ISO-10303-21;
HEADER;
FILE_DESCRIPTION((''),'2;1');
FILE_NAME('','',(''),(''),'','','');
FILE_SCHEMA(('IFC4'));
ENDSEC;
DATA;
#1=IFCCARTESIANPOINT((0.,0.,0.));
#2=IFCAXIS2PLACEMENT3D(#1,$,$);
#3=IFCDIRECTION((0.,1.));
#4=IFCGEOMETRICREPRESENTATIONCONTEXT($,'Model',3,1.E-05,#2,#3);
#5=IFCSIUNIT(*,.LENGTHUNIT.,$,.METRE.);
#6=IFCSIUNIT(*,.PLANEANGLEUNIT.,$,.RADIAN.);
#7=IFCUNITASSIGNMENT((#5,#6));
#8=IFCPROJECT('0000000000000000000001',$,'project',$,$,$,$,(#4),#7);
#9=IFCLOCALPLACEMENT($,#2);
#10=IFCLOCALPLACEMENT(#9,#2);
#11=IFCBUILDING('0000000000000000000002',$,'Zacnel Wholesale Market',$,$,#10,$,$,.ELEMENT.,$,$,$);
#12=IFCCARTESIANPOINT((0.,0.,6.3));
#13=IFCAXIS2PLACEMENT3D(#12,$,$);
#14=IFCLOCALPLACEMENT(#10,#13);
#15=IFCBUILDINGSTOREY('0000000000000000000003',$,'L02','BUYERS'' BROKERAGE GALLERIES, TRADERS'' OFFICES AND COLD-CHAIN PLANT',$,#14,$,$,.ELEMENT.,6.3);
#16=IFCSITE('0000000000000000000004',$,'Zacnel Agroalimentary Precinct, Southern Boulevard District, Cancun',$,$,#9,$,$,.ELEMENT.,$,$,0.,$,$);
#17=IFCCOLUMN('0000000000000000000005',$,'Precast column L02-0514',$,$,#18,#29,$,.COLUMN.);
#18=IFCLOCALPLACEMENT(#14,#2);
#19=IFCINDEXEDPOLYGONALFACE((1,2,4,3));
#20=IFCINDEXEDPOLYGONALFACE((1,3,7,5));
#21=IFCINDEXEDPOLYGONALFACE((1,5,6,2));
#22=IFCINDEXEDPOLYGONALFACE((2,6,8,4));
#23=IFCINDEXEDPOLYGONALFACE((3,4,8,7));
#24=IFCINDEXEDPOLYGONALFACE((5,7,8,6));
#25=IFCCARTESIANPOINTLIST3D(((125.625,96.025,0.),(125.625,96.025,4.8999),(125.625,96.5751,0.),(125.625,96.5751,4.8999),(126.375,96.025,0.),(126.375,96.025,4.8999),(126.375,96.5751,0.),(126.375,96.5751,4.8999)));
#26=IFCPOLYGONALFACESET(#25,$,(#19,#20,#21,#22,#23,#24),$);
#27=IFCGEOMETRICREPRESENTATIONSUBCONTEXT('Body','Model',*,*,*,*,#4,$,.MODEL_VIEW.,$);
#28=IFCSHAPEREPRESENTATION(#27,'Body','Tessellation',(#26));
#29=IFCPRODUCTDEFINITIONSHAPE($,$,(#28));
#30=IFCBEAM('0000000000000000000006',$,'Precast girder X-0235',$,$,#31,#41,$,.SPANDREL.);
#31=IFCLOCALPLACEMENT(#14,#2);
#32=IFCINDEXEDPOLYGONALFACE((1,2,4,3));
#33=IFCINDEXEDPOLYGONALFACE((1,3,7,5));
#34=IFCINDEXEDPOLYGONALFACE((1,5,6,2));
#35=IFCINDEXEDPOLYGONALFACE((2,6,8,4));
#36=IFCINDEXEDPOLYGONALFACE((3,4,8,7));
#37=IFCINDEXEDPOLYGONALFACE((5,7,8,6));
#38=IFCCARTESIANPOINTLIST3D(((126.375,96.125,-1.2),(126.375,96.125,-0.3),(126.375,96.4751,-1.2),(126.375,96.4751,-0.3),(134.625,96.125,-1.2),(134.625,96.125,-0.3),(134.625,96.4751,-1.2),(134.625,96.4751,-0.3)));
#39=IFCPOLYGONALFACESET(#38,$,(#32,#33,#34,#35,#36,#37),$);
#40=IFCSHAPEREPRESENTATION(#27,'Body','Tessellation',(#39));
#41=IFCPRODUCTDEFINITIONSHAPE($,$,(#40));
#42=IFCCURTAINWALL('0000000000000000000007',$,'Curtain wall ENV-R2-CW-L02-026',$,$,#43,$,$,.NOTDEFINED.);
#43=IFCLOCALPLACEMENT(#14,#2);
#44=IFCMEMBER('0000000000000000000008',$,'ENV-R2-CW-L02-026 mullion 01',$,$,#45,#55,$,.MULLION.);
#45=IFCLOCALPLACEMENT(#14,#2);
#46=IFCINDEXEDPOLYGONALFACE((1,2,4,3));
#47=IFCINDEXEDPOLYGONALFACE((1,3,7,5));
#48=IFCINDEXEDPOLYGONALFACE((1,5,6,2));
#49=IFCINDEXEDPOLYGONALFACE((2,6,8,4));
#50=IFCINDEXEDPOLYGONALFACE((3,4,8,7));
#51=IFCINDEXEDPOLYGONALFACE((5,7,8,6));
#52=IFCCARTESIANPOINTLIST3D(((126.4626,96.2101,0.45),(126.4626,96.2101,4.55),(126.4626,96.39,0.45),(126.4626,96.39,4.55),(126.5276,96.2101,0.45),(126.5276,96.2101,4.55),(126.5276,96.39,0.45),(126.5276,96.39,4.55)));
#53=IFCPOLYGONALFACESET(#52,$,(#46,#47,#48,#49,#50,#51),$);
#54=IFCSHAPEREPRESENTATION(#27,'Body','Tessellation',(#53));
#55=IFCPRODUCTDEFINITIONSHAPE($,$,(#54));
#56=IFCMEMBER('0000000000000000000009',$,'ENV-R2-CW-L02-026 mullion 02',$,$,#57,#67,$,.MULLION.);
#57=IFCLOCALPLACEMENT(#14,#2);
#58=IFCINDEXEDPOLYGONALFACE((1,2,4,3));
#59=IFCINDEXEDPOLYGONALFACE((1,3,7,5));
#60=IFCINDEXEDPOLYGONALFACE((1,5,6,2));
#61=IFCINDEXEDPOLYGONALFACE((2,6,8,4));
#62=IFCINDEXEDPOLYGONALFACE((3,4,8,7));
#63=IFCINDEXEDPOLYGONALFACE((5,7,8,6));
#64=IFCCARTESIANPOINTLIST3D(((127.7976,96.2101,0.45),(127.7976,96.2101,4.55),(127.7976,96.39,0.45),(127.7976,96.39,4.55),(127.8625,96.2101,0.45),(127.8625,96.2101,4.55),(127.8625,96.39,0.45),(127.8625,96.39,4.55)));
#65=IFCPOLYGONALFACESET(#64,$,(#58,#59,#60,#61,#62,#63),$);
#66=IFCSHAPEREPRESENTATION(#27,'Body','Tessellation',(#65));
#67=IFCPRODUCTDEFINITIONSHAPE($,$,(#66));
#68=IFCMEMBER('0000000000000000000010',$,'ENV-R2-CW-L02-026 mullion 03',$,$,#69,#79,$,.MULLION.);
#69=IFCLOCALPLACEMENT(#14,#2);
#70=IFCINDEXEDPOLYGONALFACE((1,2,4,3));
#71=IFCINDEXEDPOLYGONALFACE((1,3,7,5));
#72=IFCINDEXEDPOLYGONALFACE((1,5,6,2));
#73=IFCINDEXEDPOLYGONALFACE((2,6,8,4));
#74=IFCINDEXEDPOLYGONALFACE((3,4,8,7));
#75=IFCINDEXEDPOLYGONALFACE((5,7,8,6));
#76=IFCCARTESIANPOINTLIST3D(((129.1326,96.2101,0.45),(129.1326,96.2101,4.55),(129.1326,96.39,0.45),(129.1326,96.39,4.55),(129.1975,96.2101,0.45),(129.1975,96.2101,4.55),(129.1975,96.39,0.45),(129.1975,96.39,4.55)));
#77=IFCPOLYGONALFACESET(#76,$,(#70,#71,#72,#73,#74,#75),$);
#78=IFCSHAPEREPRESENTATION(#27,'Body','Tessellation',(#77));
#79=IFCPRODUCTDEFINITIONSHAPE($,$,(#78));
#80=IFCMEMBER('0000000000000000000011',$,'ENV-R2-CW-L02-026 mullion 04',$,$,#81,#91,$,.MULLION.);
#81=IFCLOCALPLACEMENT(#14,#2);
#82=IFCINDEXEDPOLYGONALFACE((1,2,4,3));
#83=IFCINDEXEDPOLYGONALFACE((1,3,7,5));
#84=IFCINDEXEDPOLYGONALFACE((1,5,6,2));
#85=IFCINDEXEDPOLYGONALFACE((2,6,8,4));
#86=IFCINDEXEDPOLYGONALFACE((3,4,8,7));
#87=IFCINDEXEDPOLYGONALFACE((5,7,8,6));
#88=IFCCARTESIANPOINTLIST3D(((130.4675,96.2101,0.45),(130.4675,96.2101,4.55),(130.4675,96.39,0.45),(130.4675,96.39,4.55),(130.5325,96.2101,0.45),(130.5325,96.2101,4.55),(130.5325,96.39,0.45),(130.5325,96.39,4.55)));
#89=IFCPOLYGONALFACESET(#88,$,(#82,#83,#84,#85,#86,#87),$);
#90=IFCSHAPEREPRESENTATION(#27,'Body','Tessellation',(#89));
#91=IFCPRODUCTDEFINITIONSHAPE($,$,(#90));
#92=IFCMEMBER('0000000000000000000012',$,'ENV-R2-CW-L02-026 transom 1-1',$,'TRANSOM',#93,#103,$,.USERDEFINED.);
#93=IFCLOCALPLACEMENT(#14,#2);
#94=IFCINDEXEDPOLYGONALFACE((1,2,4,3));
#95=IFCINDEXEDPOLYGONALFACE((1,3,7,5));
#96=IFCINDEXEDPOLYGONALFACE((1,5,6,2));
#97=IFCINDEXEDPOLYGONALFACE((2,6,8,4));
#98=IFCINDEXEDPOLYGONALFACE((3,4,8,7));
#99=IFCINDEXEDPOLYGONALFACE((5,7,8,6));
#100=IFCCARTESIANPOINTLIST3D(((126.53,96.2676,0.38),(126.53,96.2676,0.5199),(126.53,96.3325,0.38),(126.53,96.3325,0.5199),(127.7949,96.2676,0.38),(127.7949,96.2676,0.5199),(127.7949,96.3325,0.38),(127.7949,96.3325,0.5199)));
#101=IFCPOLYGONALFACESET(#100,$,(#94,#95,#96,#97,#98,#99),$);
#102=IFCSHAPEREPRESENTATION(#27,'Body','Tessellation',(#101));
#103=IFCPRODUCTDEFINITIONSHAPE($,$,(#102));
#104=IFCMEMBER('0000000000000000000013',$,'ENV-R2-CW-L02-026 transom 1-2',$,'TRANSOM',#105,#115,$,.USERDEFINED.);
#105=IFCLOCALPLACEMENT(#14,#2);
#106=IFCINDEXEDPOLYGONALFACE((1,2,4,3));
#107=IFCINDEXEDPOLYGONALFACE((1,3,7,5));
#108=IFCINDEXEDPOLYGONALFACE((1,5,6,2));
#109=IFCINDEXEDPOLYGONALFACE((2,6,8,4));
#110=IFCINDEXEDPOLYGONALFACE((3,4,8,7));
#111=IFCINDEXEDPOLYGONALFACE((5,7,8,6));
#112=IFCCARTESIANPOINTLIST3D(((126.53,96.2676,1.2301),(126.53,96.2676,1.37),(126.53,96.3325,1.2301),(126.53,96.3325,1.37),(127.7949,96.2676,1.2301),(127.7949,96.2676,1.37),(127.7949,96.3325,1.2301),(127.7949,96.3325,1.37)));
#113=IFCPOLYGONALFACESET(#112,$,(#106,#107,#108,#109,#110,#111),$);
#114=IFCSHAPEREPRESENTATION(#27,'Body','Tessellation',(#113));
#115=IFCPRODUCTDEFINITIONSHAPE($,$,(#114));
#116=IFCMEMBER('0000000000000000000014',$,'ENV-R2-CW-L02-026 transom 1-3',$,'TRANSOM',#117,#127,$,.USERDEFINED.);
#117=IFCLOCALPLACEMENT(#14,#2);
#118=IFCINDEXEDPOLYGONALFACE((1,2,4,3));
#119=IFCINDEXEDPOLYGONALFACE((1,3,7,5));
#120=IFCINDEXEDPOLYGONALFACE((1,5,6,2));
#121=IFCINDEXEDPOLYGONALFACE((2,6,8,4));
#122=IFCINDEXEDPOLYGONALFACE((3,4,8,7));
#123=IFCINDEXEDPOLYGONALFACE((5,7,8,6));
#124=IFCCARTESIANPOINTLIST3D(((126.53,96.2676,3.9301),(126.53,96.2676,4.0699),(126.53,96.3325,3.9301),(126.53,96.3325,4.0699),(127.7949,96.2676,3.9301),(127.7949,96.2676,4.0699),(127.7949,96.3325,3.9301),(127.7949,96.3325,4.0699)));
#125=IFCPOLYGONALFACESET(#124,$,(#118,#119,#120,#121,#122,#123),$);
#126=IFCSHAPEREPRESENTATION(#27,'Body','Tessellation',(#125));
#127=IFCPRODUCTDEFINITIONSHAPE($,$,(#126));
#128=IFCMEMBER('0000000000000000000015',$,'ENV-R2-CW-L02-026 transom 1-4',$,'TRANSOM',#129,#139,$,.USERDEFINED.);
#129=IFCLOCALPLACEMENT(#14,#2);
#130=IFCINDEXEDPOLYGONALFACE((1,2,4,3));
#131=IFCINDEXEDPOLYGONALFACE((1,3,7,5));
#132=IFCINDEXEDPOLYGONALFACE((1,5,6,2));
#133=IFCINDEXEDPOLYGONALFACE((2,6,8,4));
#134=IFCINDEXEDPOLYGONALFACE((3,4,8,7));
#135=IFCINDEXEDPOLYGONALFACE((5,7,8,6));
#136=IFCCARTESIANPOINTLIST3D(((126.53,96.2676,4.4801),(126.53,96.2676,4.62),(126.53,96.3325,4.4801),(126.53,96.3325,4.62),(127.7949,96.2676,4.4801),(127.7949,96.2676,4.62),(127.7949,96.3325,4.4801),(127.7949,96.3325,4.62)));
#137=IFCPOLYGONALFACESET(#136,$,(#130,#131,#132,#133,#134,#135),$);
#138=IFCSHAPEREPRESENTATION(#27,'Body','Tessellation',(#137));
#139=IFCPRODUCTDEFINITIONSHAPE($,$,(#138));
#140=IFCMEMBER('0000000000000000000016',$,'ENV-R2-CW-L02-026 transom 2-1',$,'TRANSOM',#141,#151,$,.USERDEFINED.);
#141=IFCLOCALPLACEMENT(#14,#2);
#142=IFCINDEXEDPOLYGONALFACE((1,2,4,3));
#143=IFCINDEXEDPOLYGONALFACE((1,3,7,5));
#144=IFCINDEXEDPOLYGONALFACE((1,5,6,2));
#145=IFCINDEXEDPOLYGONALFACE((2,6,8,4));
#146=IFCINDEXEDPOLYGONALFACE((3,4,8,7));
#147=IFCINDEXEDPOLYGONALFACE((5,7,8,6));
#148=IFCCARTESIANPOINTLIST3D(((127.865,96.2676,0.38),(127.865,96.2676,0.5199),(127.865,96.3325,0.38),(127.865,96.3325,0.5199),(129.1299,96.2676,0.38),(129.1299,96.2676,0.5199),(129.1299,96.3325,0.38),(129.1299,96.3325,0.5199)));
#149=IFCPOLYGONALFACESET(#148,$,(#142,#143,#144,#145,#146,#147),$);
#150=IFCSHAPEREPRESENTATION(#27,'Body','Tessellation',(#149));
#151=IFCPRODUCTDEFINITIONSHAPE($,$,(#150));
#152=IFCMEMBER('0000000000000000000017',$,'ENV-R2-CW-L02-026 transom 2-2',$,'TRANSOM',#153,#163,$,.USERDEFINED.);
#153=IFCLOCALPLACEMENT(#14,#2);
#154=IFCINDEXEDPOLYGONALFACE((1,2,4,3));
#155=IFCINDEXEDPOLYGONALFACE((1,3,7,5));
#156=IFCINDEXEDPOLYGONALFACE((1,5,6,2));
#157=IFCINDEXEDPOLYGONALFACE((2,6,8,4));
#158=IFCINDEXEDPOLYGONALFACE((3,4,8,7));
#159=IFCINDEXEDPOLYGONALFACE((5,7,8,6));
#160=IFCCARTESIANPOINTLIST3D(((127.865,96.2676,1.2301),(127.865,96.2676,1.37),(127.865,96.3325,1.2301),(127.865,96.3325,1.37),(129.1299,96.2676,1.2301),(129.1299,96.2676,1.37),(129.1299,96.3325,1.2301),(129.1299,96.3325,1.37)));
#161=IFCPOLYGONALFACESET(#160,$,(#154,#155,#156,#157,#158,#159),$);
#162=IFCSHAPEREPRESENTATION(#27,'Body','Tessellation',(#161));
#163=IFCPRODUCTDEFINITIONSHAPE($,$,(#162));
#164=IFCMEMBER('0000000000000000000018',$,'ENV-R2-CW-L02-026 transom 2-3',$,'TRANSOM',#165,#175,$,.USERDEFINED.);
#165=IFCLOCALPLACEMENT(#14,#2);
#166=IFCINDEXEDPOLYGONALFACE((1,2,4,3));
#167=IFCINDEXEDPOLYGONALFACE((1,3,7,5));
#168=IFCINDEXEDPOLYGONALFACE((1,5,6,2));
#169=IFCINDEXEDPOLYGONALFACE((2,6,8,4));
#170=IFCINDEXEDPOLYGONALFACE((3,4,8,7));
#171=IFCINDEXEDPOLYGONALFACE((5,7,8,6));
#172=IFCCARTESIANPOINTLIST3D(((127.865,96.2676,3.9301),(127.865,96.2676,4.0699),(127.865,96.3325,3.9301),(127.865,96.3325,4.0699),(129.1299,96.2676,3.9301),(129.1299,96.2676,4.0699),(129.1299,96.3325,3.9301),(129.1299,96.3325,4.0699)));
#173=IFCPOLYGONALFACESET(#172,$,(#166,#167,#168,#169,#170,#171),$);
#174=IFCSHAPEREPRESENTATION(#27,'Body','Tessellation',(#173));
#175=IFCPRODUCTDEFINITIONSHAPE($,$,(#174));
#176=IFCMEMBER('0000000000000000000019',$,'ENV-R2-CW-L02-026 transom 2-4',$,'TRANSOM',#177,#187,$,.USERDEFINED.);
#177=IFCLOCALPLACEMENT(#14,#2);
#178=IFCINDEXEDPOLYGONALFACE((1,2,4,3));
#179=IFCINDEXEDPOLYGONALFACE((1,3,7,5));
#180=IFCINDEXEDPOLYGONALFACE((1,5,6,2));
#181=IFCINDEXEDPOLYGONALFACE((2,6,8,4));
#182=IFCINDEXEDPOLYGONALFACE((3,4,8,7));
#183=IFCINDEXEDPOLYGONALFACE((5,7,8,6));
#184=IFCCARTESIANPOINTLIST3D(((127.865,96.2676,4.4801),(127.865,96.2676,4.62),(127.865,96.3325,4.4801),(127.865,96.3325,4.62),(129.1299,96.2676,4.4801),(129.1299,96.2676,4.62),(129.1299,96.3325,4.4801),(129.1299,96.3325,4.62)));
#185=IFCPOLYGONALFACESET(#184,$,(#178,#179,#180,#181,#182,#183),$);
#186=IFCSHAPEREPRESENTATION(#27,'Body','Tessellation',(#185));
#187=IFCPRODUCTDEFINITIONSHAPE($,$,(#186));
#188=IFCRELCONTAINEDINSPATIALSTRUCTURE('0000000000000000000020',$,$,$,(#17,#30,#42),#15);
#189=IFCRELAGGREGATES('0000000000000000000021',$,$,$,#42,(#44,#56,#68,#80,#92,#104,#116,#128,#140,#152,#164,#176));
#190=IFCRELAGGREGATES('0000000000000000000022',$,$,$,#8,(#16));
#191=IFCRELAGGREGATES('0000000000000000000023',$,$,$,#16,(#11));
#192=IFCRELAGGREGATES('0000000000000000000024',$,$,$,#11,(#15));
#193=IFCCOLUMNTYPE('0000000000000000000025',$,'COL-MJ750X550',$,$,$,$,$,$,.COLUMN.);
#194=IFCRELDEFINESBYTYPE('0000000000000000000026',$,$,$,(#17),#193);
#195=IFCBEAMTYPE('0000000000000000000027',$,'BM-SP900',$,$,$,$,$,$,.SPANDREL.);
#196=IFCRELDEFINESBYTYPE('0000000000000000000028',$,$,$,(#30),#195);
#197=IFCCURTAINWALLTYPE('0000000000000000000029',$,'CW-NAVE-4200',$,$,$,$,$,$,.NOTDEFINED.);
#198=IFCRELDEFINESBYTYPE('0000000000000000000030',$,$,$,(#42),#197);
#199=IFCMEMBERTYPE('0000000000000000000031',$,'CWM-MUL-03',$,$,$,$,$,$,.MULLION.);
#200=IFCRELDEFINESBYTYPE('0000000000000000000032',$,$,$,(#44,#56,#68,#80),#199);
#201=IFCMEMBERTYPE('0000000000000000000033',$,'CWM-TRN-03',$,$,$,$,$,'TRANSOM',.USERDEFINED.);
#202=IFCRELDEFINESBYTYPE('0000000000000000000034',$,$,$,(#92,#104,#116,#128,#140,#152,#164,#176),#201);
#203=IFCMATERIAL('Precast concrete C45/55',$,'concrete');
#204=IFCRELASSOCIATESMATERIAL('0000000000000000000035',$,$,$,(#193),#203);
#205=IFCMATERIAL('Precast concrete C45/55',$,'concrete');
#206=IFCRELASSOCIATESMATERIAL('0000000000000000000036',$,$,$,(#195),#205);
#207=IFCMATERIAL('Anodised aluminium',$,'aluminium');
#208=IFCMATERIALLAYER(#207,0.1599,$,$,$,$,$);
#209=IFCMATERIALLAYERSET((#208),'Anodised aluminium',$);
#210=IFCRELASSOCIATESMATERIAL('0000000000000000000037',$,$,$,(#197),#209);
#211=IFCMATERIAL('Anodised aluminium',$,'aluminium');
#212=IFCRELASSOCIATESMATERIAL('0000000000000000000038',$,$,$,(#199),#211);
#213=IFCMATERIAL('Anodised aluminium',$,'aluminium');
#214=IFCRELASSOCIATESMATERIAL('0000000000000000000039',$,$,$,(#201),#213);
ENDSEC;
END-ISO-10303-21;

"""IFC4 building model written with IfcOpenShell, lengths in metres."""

from ifc_helpers import new_model, si_unit, direction, frame, origin, origin_2d, place, context, subcontext, project, spatial, rectangle, extrude, material, layer, layer_set, material_profile, profile_set, type_object, element, aggregate, save


model = new_model("IFC4")

# Units and contexts
model_context = context("Model", 3, precision=1e-05, world=origin(), true_north=direction((0.0, 1.0)))
body_context = subcontext(model_context, "Body", "Model", "MODEL_VIEW")
ifc_project = project(units=[si_unit("LENGTHUNIT", "METRE"), si_unit("PLANEANGLEUNIT", "RADIAN")], contexts=[model_context])

# Site, building, storey
site_placement = place(None, origin())
site = spatial("IfcSite", under=ifc_project, at=site_placement, Name="Zacnel Agroalimentary Precinct, Southern Boulevard District, Cancun", CompositionType="ELEMENT", RefElevation=0.0)
building_placement = place(site_placement, origin())
building = spatial("IfcBuilding", under=site, at=building_placement, Name="Zacnel Wholesale Market", CompositionType="ELEMENT")
storey_placement = place(building_placement, frame((0.0, 0.0, 6.3)))
storey = spatial("IfcBuildingStorey", under=building, at=storey_placement, Name="L02", Description="BUYERS' BROKERAGE GALLERIES, TRADERS' OFFICES AND COLD-CHAIN PLANT", CompositionType="ELEMENT", Elevation=6.3)

# Column
ifc_material_1 = material(Name="Precast concrete C45/55", Category="concrete")
ifc_material_profile_1 = material_profile(ifc_material_1, rectangle(XDim=0.75, YDim=0.55, at=origin_2d()), Name="PC 750x550")
ifc_profile_set_1 = profile_set([ifc_material_profile_1], Name="Precast concrete C45/55")
column_type = type_object("IfcColumnType", Name="COL-MJ750X550", PredefinedType="COLUMN", material=ifc_profile_set_1)
column_placement = place(storey_placement, frame((126.0, 96.3, 0.0), z_axis=(0.0, 0.0, 1.0), x_axis=(1.0, 0.0, 0.0)))
element("IfcColumn", 1, at=column_placement, inside=storey, type_object=column_type, Name="Precast column L02-0514", PredefinedType="COLUMN", context=body_context, shape_type="SweptSolid", body=[
    extrude(rectangle(XDim=0.75, YDim=0.55, at=origin_2d()), origin(), (0.0, 0.0, 1.0), 4.8999),
])

# Beam
ifc_material_2 = material(Name="Precast concrete C45/55", Category="concrete")
ifc_material_profile_2 = material_profile(ifc_material_2, rectangle(XDim=0.3501, YDim=0.8999, at=origin_2d()), Name="SP 350x900")
ifc_profile_set_2 = profile_set([ifc_material_profile_2], Name="Precast concrete C45/55")
beam_type = type_object("IfcBeamType", Name="BM-SP900", PredefinedType="SPANDREL", material=ifc_profile_set_2)
beam_placement = place(storey_placement, frame((126.375, 96.3, -0.75), z_axis=(1.0, 0.0, 0.0), x_axis=(0.0, 1.0, 0.0)))
element("IfcBeam", 2, at=beam_placement, inside=storey, type_object=beam_type, Name="Precast girder X-0235", PredefinedType="SPANDREL", context=body_context, shape_type="SweptSolid", body=[
    extrude(rectangle(XDim=0.3501, YDim=0.8999, at=origin_2d()), origin(), (0.0, 0.0, 1.0), 8.25),
])

# Curtain wall, members
ifc_material_3 = material(Name="Anodised aluminium", Category="aluminium")
ifc_layer_1 = layer(ifc_material_3, 0.1599)
ifc_layer_set_1 = layer_set([ifc_layer_1], Name="Anodised aluminium")
curtain_wall_type = type_object("IfcCurtainWallType", Name="CW-NAVE-4200", PredefinedType="NOTDEFINED", material=ifc_layer_set_1)
curtain_wall_placement = place(storey_placement, origin())
curtain_wall = element("IfcCurtainWall", 3, at=curtain_wall_placement, inside=storey, type_object=curtain_wall_type, Name="Curtain wall ENV-R2-CW-L02-026", PredefinedType="NOTDEFINED")
ifc_material_4 = material(Name="Anodised aluminium", Category="aluminium")
ifc_material_profile_3 = material_profile(ifc_material_4, rectangle(XDim=0.0649, YDim=0.1799, at=origin_2d()), Name="AW-MULLION 65x180")
ifc_profile_set_3 = profile_set([ifc_material_profile_3], Name="Anodised aluminium")
member_type_1 = type_object("IfcMemberType", Name="CWM-MUL-03", PredefinedType="MULLION", material=ifc_profile_set_3)
member_1_placement = place(storey_placement, frame((126.4951, 96.3, 0.45), z_axis=(0.0, 0.0, 1.0), x_axis=(1.0, 0.0, 0.0)))
member_1 = element("IfcMember", 4, at=member_1_placement, type_object=member_type_1, Name="ENV-R2-CW-L02-026 mullion 01", PredefinedType="MULLION", context=body_context, shape_type="SweptSolid", body=[
    extrude(rectangle(XDim=0.0649, YDim=0.1799, at=origin_2d()), origin(), (0.0, 0.0, 1.0), 4.1001),
])
member_2_placement = place(storey_placement, frame((127.8301, 96.3, 0.45), z_axis=(0.0, 0.0, 1.0), x_axis=(1.0, 0.0, 0.0)))
member_2 = element("IfcMember", 5, at=member_2_placement, type_object=member_type_1, Name="ENV-R2-CW-L02-026 mullion 02", PredefinedType="MULLION", context=body_context, shape_type="SweptSolid", body=[
    extrude(rectangle(XDim=0.0649, YDim=0.1799, at=origin_2d()), origin(), (0.0, 0.0, 1.0), 4.1001),
])
member_3_placement = place(storey_placement, frame((129.165, 96.3, 0.45), z_axis=(0.0, 0.0, 1.0), x_axis=(1.0, 0.0, 0.0)))
member_3 = element("IfcMember", 6, at=member_3_placement, type_object=member_type_1, Name="ENV-R2-CW-L02-026 mullion 03", PredefinedType="MULLION", context=body_context, shape_type="SweptSolid", body=[
    extrude(rectangle(XDim=0.0649, YDim=0.1799, at=origin_2d()), origin(), (0.0, 0.0, 1.0), 4.1001),
])
member_4_placement = place(storey_placement, frame((130.5, 96.3, 0.45), z_axis=(0.0, 0.0, 1.0), x_axis=(1.0, 0.0, 0.0)))
member_4 = element("IfcMember", 7, at=member_4_placement, type_object=member_type_1, Name="ENV-R2-CW-L02-026 mullion 04", PredefinedType="MULLION", context=body_context, shape_type="SweptSolid", body=[
    extrude(rectangle(XDim=0.0649, YDim=0.1799, at=origin_2d()), origin(), (0.0, 0.0, 1.0), 4.1001),
])
ifc_material_5 = material(Name="Anodised aluminium", Category="aluminium")
ifc_material_profile_4 = material_profile(ifc_material_5, rectangle(XDim=0.0649, YDim=0.1399, at=origin_2d()), Name="AW-TRANSOM 65x140")
ifc_profile_set_4 = profile_set([ifc_material_profile_4], Name="Anodised aluminium")
member_type_2 = type_object("IfcMemberType", Name="CWM-TRN-03", ElementType="TRANSOM", PredefinedType="USERDEFINED", material=ifc_profile_set_4)
member_5_placement = place(storey_placement, frame((126.53, 96.3, 0.45), z_axis=(1.0, 0.0, 0.0), x_axis=(0.0, 1.0, 0.0)))
member_5 = element("IfcMember", 8, at=member_5_placement, type_object=member_type_2, Name="ENV-R2-CW-L02-026 transom 1-1", ObjectType="TRANSOM", PredefinedType="USERDEFINED", context=body_context, shape_type="SweptSolid", body=[
    extrude(rectangle(XDim=0.0649, YDim=0.1399, at=origin_2d()), origin(), (0.0, 0.0, 1.0), 1.2649),
])
member_6_placement = place(storey_placement, frame((126.53, 96.3, 1.3), z_axis=(1.0, 0.0, 0.0), x_axis=(0.0, 1.0, 0.0)))
member_6 = element("IfcMember", 9, at=member_6_placement, type_object=member_type_2, Name="ENV-R2-CW-L02-026 transom 1-2", ObjectType="TRANSOM", PredefinedType="USERDEFINED", context=body_context, shape_type="SweptSolid", body=[
    extrude(rectangle(XDim=0.0649, YDim=0.1399, at=origin_2d()), origin(), (0.0, 0.0, 1.0), 1.2649),
])
member_7_placement = place(storey_placement, frame((126.53, 96.3, 4.0), z_axis=(1.0, 0.0, 0.0), x_axis=(0.0, 1.0, 0.0)))
member_7 = element("IfcMember", 10, at=member_7_placement, type_object=member_type_2, Name="ENV-R2-CW-L02-026 transom 1-3", ObjectType="TRANSOM", PredefinedType="USERDEFINED", context=body_context, shape_type="SweptSolid", body=[
    extrude(rectangle(XDim=0.0649, YDim=0.1399, at=origin_2d()), origin(), (0.0, 0.0, 1.0), 1.2649),
])
member_8_placement = place(storey_placement, frame((126.53, 96.3, 4.55), z_axis=(1.0, 0.0, 0.0), x_axis=(0.0, 1.0, 0.0)))
member_8 = element("IfcMember", 11, at=member_8_placement, type_object=member_type_2, Name="ENV-R2-CW-L02-026 transom 1-4", ObjectType="TRANSOM", PredefinedType="USERDEFINED", context=body_context, shape_type="SweptSolid", body=[
    extrude(rectangle(XDim=0.0649, YDim=0.1399, at=origin_2d()), origin(), (0.0, 0.0, 1.0), 1.2649),
])
member_9_placement = place(storey_placement, frame((127.865, 96.3, 0.45), z_axis=(1.0, 0.0, 0.0), x_axis=(0.0, 1.0, 0.0)))
member_9 = element("IfcMember", 12, at=member_9_placement, type_object=member_type_2, Name="ENV-R2-CW-L02-026 transom 2-1", ObjectType="TRANSOM", PredefinedType="USERDEFINED", context=body_context, shape_type="SweptSolid", body=[
    extrude(rectangle(XDim=0.0649, YDim=0.1399, at=origin_2d()), origin(), (0.0, 0.0, 1.0), 1.2649),
])
member_10_placement = place(storey_placement, frame((127.865, 96.3, 1.3), z_axis=(1.0, 0.0, 0.0), x_axis=(0.0, 1.0, 0.0)))
member_10 = element("IfcMember", 13, at=member_10_placement, type_object=member_type_2, Name="ENV-R2-CW-L02-026 transom 2-2", ObjectType="TRANSOM", PredefinedType="USERDEFINED", context=body_context, shape_type="SweptSolid", body=[
    extrude(rectangle(XDim=0.0649, YDim=0.1399, at=origin_2d()), origin(), (0.0, 0.0, 1.0), 1.2649),
])
member_11_placement = place(storey_placement, frame((127.865, 96.3, 4.0), z_axis=(1.0, 0.0, 0.0), x_axis=(0.0, 1.0, 0.0)))
member_11 = element("IfcMember", 14, at=member_11_placement, type_object=member_type_2, Name="ENV-R2-CW-L02-026 transom 2-3", ObjectType="TRANSOM", PredefinedType="USERDEFINED", context=body_context, shape_type="SweptSolid", body=[
    extrude(rectangle(XDim=0.0649, YDim=0.1399, at=origin_2d()), origin(), (0.0, 0.0, 1.0), 1.2649),
])
member_12_placement = place(storey_placement, frame((127.865, 96.3, 4.55), z_axis=(1.0, 0.0, 0.0), x_axis=(0.0, 1.0, 0.0)))
member_12 = element("IfcMember", 15, at=member_12_placement, type_object=member_type_2, Name="ENV-R2-CW-L02-026 transom 2-4", ObjectType="TRANSOM", PredefinedType="USERDEFINED", context=body_context, shape_type="SweptSolid", body=[
    extrude(rectangle(XDim=0.0649, YDim=0.1399, at=origin_2d()), origin(), (0.0, 0.0, 1.0), 1.2649),
])

aggregate(curtain_wall, [member_1, member_2, member_3, member_4, member_5, member_6, member_7, member_8, member_9, member_10, member_11, member_12])

save(model, "model.ifc")
